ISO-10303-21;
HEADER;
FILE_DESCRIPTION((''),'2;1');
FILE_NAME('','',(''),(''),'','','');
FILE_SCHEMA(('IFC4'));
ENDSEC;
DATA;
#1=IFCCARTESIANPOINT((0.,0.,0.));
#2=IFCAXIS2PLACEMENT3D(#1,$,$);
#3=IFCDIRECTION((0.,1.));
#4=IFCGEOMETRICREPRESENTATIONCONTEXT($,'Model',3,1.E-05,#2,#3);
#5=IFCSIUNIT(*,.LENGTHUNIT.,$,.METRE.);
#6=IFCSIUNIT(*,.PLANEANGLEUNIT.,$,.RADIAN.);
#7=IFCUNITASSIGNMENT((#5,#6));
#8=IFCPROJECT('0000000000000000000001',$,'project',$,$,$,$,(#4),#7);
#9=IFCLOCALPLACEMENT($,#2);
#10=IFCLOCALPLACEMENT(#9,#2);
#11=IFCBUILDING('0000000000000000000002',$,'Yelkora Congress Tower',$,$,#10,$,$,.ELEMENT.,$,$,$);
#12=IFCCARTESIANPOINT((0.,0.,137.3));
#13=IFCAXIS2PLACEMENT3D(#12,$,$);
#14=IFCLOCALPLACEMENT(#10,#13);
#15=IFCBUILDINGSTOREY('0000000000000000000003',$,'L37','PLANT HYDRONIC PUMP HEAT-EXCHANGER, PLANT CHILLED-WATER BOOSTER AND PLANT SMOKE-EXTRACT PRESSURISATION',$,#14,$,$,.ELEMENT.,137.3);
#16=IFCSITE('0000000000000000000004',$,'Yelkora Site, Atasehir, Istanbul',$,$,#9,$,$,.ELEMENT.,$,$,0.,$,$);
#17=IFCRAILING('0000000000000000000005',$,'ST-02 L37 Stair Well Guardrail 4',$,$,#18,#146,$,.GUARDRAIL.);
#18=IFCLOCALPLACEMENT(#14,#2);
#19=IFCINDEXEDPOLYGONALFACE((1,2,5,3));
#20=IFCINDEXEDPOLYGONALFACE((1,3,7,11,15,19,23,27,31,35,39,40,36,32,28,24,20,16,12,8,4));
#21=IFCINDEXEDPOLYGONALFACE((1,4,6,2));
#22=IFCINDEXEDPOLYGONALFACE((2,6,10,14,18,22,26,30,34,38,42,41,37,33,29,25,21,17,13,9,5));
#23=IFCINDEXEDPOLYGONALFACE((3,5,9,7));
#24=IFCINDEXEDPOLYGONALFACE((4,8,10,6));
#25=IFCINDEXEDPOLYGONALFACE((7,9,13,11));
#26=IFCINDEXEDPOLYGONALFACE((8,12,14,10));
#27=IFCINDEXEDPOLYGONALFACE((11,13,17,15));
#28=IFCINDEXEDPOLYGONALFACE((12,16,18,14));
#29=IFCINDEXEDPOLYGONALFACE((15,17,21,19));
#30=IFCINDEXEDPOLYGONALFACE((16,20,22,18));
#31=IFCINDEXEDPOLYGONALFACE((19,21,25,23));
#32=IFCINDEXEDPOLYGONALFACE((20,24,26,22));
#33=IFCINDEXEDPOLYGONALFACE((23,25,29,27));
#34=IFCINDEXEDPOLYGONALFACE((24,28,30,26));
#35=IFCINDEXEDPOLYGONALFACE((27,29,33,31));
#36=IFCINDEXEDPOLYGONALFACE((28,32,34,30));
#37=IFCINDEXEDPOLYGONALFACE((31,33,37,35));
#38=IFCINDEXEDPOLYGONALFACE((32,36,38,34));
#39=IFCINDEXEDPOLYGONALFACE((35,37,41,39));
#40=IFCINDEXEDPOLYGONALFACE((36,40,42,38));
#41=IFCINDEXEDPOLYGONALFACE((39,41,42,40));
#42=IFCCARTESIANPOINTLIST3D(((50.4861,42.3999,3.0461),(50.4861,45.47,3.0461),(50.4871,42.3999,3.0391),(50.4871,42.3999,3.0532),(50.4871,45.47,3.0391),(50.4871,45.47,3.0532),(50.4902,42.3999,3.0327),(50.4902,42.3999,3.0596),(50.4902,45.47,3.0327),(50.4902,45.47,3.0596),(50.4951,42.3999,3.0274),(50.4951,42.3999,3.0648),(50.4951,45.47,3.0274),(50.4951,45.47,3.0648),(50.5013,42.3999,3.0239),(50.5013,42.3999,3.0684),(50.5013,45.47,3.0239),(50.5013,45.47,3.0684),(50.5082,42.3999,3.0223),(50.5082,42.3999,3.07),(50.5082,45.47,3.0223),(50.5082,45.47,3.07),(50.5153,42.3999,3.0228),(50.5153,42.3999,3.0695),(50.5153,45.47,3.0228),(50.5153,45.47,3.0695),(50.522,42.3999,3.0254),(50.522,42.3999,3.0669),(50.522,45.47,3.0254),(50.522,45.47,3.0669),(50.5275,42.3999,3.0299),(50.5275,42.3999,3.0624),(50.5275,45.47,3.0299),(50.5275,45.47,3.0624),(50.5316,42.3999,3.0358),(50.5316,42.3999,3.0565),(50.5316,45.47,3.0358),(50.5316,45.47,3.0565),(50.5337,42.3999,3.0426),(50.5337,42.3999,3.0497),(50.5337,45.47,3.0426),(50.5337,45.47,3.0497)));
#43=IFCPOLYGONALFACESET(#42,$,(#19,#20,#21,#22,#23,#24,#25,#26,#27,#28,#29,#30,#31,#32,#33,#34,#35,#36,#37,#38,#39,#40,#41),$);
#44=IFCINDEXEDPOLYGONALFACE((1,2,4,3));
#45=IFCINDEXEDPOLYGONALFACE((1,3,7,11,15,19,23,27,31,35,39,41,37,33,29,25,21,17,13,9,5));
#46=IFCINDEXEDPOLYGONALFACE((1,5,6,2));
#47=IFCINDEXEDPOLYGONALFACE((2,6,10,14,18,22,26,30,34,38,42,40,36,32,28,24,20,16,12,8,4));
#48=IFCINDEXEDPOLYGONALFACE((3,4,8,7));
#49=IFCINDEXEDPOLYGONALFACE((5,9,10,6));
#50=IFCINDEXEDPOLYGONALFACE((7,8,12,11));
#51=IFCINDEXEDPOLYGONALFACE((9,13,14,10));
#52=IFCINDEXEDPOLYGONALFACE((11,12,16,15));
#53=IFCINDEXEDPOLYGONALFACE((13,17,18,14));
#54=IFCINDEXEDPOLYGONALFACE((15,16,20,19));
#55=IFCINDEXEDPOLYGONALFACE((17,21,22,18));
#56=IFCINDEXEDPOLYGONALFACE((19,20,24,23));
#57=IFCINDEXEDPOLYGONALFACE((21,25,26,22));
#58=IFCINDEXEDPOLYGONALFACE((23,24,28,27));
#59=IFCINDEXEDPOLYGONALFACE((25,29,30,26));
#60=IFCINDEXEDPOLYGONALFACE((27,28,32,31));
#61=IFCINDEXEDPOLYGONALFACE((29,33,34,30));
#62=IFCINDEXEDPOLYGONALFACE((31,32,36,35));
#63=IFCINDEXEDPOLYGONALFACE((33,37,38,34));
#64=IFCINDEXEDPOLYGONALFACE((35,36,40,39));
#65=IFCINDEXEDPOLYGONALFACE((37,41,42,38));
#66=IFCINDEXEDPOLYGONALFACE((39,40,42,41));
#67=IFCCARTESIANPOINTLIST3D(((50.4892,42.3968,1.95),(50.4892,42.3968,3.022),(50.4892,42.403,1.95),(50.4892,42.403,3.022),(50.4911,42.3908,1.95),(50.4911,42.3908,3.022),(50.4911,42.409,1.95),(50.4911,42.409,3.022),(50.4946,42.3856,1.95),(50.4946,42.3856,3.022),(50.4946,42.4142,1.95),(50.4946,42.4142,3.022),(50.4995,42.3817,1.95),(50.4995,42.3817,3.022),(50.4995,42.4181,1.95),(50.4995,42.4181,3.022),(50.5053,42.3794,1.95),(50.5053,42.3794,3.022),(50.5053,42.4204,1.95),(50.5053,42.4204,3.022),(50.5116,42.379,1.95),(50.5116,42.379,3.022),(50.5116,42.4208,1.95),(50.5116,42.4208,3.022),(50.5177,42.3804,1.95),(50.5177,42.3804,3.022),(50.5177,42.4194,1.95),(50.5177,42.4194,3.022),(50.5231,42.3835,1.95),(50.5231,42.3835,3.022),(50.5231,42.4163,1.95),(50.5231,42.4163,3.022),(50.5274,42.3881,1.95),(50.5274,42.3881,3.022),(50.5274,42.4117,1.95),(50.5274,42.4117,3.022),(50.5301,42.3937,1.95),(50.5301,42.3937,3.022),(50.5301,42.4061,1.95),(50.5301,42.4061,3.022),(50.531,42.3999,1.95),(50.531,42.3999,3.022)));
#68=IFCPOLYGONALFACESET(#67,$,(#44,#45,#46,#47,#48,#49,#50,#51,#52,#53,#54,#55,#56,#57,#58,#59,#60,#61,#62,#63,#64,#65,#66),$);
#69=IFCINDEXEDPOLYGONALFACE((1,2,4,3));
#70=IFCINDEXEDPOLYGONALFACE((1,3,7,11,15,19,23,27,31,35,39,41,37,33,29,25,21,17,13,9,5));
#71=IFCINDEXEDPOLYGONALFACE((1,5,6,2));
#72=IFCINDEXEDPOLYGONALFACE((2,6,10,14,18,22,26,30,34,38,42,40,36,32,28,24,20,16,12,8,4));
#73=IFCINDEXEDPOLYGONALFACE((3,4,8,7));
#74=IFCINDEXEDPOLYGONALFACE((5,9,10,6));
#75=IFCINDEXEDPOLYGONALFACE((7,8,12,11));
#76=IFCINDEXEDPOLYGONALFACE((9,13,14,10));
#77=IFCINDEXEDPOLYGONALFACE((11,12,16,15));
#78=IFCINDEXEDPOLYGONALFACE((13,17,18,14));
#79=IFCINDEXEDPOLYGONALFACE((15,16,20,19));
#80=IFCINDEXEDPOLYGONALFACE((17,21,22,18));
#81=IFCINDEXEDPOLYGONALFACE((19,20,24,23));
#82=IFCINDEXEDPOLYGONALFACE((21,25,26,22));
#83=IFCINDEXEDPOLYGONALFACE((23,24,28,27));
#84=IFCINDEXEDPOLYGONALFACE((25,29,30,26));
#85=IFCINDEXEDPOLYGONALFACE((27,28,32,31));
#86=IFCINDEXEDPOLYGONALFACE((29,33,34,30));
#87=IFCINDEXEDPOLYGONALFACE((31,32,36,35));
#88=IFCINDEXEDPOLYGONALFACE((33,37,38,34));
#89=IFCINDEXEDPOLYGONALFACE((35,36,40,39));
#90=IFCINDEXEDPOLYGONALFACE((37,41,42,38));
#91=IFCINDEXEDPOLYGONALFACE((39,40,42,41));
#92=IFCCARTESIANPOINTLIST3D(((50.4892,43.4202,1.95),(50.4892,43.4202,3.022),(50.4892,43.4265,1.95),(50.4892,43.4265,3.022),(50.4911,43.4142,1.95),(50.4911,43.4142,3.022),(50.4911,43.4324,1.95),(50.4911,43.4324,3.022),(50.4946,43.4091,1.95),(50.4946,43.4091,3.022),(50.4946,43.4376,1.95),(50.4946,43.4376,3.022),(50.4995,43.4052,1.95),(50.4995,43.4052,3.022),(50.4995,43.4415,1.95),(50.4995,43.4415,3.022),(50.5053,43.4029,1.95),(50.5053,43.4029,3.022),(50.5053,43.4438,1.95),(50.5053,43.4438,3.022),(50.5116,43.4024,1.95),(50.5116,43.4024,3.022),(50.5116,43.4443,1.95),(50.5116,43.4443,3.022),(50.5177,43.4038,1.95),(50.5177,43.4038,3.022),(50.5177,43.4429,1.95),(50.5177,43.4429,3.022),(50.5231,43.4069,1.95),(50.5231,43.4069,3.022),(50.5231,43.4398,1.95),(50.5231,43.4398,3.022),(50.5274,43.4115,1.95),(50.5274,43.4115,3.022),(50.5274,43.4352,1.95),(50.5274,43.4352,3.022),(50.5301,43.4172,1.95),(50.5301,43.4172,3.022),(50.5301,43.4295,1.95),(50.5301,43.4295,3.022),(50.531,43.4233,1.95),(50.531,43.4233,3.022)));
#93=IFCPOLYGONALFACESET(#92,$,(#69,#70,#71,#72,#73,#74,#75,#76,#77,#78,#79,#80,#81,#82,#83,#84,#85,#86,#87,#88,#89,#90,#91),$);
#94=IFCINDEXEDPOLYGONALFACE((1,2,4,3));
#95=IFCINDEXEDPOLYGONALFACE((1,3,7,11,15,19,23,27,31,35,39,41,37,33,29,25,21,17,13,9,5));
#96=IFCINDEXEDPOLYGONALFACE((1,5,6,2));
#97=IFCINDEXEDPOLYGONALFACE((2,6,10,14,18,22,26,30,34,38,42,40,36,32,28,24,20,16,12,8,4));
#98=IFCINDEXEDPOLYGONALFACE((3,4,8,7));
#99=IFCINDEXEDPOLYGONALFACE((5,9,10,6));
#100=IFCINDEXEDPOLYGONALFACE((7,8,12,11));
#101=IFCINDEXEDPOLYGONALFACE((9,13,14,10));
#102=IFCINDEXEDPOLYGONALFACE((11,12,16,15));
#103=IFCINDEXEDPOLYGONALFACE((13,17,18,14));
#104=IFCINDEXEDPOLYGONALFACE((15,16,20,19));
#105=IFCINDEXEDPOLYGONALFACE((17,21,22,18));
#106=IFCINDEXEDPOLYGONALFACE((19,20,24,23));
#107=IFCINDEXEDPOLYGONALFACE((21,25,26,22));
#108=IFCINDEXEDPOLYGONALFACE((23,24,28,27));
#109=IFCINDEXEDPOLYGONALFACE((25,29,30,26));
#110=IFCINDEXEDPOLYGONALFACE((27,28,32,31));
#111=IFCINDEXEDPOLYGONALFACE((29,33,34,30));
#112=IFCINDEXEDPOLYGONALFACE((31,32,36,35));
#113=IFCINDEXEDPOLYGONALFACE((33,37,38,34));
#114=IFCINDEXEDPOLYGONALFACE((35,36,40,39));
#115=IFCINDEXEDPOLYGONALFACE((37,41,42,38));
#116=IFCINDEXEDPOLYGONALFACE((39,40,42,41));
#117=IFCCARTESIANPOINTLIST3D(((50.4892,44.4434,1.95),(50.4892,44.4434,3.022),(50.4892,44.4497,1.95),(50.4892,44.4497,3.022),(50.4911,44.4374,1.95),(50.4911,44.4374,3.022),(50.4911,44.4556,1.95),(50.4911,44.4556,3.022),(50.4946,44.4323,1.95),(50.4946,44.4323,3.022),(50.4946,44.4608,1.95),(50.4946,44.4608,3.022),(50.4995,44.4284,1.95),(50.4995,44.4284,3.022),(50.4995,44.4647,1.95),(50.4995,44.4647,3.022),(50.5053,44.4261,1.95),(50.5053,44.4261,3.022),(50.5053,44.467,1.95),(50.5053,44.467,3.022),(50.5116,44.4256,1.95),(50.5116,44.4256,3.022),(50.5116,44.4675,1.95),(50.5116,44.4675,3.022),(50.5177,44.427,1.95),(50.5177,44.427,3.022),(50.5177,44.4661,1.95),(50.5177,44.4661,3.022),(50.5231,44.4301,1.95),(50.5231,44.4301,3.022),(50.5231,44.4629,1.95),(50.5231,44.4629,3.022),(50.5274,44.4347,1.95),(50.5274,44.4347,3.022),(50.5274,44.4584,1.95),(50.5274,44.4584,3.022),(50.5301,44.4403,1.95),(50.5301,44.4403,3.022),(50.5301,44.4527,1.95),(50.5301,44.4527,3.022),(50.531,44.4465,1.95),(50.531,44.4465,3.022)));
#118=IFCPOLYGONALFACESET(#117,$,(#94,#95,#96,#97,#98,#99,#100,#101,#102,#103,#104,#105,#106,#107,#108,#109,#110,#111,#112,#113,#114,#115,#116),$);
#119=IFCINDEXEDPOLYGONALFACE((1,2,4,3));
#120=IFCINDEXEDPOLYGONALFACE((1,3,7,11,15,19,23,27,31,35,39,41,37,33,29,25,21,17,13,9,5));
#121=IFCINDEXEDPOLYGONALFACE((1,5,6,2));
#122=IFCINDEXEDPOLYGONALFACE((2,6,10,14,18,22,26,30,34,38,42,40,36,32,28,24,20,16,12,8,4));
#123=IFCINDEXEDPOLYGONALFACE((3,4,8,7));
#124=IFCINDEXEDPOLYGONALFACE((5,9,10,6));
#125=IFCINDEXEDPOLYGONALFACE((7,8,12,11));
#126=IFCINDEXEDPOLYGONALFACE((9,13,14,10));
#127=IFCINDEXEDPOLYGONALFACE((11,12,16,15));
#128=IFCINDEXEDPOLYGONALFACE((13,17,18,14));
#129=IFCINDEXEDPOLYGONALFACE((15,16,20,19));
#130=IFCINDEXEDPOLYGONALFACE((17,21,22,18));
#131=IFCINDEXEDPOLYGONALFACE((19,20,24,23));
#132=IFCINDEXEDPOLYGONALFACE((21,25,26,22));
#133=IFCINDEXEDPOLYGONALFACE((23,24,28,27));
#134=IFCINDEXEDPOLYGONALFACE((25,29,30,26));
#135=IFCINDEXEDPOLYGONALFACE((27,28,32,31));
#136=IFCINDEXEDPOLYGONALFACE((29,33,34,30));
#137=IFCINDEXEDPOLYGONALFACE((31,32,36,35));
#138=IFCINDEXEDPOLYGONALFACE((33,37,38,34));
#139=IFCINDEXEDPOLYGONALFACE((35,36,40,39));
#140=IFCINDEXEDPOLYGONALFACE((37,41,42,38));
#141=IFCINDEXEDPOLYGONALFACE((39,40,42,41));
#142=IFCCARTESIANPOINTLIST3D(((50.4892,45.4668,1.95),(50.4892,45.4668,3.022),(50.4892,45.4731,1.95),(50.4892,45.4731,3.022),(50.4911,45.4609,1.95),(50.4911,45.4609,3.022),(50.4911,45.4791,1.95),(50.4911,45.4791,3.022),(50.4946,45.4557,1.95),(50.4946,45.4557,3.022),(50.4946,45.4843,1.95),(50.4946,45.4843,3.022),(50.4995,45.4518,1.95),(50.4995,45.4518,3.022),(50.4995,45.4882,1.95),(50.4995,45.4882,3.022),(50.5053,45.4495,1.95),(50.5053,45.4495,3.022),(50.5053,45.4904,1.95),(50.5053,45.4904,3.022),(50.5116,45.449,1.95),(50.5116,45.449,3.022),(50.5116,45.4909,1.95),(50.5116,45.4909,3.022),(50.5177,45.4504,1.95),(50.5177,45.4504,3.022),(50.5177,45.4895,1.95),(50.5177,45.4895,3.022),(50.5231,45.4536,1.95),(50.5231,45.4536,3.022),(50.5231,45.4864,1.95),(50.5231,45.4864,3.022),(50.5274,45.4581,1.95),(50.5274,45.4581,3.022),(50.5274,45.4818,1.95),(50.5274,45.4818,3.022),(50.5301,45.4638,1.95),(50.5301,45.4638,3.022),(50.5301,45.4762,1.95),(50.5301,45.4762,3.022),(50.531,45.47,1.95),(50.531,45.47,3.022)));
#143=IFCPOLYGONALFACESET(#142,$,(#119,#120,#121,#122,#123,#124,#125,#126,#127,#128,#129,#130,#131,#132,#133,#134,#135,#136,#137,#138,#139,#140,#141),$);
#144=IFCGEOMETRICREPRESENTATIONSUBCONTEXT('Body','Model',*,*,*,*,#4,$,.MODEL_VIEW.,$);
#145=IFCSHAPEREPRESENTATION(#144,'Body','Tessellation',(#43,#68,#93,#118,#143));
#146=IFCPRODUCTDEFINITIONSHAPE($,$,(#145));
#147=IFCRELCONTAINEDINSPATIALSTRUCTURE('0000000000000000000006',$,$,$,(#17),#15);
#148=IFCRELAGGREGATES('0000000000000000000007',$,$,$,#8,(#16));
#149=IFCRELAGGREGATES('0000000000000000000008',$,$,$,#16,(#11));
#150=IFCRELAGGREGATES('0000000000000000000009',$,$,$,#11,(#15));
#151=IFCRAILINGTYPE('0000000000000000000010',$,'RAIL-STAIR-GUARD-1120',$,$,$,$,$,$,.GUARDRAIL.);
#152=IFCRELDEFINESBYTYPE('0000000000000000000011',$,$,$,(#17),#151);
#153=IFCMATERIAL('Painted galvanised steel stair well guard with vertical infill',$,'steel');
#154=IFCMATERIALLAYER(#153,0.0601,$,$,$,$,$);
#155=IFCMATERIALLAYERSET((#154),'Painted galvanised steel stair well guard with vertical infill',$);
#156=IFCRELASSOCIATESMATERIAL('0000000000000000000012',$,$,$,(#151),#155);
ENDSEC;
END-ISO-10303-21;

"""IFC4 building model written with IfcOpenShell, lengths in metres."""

from ifc_helpers import new_model, si_unit, direction, frame, origin, origin_2d, place, context, subcontext, project, spatial, circle, extrude, material, layer, layer_set, type_object, element, save


model = new_model("IFC4")

# Units and contexts
model_context = context("Model", 3, precision=1e-05, world=origin(), true_north=direction((0.0, 1.0)))
body_context = subcontext(model_context, "Body", "Model", "MODEL_VIEW")
ifc_project = project(units=[si_unit("LENGTHUNIT", "METRE"), si_unit("PLANEANGLEUNIT", "RADIAN")], contexts=[model_context])

# Site, building, storey
site_placement = place(None, origin())
site = spatial("IfcSite", under=ifc_project, at=site_placement, Name="Yelkora Site, Atasehir, Istanbul", CompositionType="ELEMENT", RefElevation=0.0)
building_placement = place(site_placement, origin())
building = spatial("IfcBuilding", under=site, at=building_placement, Name="Yelkora Congress Tower", CompositionType="ELEMENT")
storey_placement = place(building_placement, frame((0.0, 0.0, 137.3)))
storey = spatial("IfcBuildingStorey", under=building, at=storey_placement, Name="L37", Description="PLANT HYDRONIC PUMP HEAT-EXCHANGER, PLANT CHILLED-WATER BOOSTER AND PLANT SMOKE-EXTRACT PRESSURISATION", CompositionType="ELEMENT", Elevation=137.3)

# Railing
ifc_material_1 = material(Name="Painted galvanised steel stair well guard with vertical infill", Category="steel")
ifc_layer_1 = layer(ifc_material_1, 0.0601)
ifc_layer_set_1 = layer_set([ifc_layer_1], Name="Painted galvanised steel stair well guard with vertical infill")
railing_type_1 = type_object("IfcRailingType", Name="RAIL-STAIR-GUARD-1120", PredefinedType="GUARDRAIL", material=ifc_layer_set_1)
for number, where, name in (
    (1, (50.51, 42.3999, 1.95), "ST-02 L37 Stair Well Guardrail 4"),
):
    element("IfcRailing", number, at=place(storey_placement, frame(where)), inside=storey, type_object=railing_type_1, Name=name, PredefinedType="GUARDRAIL", context=body_context, shape_type="SweptSolid", body=[
        extrude(circle(Radius=0.0239, at=origin_2d()), frame((0.0, 0.0, 1.0962), z_axis=(0.0, 1.0, 0.0), x_axis=(-1.0, 0.0, 0.0)), (0.0, 0.0, 1.0), 3.0701),
        extrude(circle(Radius=0.021, at=origin_2d()), origin(), (0.0, 0.0, 1.0), 1.072),
        extrude(circle(Radius=0.021, at=origin_2d()), frame((0.0, 1.0234, 0.0)), (0.0, 0.0, 1.0), 1.072),
        extrude(circle(Radius=0.021, at=origin_2d()), frame((0.0, 2.0466, 0.0)), (0.0, 0.0, 1.0), 1.072),
        extrude(circle(Radius=0.021, at=origin_2d()), frame((0.0, 3.0701, 0.0)), (0.0, 0.0, 1.0), 1.072),
    ])

save(model, "model.ifc")
